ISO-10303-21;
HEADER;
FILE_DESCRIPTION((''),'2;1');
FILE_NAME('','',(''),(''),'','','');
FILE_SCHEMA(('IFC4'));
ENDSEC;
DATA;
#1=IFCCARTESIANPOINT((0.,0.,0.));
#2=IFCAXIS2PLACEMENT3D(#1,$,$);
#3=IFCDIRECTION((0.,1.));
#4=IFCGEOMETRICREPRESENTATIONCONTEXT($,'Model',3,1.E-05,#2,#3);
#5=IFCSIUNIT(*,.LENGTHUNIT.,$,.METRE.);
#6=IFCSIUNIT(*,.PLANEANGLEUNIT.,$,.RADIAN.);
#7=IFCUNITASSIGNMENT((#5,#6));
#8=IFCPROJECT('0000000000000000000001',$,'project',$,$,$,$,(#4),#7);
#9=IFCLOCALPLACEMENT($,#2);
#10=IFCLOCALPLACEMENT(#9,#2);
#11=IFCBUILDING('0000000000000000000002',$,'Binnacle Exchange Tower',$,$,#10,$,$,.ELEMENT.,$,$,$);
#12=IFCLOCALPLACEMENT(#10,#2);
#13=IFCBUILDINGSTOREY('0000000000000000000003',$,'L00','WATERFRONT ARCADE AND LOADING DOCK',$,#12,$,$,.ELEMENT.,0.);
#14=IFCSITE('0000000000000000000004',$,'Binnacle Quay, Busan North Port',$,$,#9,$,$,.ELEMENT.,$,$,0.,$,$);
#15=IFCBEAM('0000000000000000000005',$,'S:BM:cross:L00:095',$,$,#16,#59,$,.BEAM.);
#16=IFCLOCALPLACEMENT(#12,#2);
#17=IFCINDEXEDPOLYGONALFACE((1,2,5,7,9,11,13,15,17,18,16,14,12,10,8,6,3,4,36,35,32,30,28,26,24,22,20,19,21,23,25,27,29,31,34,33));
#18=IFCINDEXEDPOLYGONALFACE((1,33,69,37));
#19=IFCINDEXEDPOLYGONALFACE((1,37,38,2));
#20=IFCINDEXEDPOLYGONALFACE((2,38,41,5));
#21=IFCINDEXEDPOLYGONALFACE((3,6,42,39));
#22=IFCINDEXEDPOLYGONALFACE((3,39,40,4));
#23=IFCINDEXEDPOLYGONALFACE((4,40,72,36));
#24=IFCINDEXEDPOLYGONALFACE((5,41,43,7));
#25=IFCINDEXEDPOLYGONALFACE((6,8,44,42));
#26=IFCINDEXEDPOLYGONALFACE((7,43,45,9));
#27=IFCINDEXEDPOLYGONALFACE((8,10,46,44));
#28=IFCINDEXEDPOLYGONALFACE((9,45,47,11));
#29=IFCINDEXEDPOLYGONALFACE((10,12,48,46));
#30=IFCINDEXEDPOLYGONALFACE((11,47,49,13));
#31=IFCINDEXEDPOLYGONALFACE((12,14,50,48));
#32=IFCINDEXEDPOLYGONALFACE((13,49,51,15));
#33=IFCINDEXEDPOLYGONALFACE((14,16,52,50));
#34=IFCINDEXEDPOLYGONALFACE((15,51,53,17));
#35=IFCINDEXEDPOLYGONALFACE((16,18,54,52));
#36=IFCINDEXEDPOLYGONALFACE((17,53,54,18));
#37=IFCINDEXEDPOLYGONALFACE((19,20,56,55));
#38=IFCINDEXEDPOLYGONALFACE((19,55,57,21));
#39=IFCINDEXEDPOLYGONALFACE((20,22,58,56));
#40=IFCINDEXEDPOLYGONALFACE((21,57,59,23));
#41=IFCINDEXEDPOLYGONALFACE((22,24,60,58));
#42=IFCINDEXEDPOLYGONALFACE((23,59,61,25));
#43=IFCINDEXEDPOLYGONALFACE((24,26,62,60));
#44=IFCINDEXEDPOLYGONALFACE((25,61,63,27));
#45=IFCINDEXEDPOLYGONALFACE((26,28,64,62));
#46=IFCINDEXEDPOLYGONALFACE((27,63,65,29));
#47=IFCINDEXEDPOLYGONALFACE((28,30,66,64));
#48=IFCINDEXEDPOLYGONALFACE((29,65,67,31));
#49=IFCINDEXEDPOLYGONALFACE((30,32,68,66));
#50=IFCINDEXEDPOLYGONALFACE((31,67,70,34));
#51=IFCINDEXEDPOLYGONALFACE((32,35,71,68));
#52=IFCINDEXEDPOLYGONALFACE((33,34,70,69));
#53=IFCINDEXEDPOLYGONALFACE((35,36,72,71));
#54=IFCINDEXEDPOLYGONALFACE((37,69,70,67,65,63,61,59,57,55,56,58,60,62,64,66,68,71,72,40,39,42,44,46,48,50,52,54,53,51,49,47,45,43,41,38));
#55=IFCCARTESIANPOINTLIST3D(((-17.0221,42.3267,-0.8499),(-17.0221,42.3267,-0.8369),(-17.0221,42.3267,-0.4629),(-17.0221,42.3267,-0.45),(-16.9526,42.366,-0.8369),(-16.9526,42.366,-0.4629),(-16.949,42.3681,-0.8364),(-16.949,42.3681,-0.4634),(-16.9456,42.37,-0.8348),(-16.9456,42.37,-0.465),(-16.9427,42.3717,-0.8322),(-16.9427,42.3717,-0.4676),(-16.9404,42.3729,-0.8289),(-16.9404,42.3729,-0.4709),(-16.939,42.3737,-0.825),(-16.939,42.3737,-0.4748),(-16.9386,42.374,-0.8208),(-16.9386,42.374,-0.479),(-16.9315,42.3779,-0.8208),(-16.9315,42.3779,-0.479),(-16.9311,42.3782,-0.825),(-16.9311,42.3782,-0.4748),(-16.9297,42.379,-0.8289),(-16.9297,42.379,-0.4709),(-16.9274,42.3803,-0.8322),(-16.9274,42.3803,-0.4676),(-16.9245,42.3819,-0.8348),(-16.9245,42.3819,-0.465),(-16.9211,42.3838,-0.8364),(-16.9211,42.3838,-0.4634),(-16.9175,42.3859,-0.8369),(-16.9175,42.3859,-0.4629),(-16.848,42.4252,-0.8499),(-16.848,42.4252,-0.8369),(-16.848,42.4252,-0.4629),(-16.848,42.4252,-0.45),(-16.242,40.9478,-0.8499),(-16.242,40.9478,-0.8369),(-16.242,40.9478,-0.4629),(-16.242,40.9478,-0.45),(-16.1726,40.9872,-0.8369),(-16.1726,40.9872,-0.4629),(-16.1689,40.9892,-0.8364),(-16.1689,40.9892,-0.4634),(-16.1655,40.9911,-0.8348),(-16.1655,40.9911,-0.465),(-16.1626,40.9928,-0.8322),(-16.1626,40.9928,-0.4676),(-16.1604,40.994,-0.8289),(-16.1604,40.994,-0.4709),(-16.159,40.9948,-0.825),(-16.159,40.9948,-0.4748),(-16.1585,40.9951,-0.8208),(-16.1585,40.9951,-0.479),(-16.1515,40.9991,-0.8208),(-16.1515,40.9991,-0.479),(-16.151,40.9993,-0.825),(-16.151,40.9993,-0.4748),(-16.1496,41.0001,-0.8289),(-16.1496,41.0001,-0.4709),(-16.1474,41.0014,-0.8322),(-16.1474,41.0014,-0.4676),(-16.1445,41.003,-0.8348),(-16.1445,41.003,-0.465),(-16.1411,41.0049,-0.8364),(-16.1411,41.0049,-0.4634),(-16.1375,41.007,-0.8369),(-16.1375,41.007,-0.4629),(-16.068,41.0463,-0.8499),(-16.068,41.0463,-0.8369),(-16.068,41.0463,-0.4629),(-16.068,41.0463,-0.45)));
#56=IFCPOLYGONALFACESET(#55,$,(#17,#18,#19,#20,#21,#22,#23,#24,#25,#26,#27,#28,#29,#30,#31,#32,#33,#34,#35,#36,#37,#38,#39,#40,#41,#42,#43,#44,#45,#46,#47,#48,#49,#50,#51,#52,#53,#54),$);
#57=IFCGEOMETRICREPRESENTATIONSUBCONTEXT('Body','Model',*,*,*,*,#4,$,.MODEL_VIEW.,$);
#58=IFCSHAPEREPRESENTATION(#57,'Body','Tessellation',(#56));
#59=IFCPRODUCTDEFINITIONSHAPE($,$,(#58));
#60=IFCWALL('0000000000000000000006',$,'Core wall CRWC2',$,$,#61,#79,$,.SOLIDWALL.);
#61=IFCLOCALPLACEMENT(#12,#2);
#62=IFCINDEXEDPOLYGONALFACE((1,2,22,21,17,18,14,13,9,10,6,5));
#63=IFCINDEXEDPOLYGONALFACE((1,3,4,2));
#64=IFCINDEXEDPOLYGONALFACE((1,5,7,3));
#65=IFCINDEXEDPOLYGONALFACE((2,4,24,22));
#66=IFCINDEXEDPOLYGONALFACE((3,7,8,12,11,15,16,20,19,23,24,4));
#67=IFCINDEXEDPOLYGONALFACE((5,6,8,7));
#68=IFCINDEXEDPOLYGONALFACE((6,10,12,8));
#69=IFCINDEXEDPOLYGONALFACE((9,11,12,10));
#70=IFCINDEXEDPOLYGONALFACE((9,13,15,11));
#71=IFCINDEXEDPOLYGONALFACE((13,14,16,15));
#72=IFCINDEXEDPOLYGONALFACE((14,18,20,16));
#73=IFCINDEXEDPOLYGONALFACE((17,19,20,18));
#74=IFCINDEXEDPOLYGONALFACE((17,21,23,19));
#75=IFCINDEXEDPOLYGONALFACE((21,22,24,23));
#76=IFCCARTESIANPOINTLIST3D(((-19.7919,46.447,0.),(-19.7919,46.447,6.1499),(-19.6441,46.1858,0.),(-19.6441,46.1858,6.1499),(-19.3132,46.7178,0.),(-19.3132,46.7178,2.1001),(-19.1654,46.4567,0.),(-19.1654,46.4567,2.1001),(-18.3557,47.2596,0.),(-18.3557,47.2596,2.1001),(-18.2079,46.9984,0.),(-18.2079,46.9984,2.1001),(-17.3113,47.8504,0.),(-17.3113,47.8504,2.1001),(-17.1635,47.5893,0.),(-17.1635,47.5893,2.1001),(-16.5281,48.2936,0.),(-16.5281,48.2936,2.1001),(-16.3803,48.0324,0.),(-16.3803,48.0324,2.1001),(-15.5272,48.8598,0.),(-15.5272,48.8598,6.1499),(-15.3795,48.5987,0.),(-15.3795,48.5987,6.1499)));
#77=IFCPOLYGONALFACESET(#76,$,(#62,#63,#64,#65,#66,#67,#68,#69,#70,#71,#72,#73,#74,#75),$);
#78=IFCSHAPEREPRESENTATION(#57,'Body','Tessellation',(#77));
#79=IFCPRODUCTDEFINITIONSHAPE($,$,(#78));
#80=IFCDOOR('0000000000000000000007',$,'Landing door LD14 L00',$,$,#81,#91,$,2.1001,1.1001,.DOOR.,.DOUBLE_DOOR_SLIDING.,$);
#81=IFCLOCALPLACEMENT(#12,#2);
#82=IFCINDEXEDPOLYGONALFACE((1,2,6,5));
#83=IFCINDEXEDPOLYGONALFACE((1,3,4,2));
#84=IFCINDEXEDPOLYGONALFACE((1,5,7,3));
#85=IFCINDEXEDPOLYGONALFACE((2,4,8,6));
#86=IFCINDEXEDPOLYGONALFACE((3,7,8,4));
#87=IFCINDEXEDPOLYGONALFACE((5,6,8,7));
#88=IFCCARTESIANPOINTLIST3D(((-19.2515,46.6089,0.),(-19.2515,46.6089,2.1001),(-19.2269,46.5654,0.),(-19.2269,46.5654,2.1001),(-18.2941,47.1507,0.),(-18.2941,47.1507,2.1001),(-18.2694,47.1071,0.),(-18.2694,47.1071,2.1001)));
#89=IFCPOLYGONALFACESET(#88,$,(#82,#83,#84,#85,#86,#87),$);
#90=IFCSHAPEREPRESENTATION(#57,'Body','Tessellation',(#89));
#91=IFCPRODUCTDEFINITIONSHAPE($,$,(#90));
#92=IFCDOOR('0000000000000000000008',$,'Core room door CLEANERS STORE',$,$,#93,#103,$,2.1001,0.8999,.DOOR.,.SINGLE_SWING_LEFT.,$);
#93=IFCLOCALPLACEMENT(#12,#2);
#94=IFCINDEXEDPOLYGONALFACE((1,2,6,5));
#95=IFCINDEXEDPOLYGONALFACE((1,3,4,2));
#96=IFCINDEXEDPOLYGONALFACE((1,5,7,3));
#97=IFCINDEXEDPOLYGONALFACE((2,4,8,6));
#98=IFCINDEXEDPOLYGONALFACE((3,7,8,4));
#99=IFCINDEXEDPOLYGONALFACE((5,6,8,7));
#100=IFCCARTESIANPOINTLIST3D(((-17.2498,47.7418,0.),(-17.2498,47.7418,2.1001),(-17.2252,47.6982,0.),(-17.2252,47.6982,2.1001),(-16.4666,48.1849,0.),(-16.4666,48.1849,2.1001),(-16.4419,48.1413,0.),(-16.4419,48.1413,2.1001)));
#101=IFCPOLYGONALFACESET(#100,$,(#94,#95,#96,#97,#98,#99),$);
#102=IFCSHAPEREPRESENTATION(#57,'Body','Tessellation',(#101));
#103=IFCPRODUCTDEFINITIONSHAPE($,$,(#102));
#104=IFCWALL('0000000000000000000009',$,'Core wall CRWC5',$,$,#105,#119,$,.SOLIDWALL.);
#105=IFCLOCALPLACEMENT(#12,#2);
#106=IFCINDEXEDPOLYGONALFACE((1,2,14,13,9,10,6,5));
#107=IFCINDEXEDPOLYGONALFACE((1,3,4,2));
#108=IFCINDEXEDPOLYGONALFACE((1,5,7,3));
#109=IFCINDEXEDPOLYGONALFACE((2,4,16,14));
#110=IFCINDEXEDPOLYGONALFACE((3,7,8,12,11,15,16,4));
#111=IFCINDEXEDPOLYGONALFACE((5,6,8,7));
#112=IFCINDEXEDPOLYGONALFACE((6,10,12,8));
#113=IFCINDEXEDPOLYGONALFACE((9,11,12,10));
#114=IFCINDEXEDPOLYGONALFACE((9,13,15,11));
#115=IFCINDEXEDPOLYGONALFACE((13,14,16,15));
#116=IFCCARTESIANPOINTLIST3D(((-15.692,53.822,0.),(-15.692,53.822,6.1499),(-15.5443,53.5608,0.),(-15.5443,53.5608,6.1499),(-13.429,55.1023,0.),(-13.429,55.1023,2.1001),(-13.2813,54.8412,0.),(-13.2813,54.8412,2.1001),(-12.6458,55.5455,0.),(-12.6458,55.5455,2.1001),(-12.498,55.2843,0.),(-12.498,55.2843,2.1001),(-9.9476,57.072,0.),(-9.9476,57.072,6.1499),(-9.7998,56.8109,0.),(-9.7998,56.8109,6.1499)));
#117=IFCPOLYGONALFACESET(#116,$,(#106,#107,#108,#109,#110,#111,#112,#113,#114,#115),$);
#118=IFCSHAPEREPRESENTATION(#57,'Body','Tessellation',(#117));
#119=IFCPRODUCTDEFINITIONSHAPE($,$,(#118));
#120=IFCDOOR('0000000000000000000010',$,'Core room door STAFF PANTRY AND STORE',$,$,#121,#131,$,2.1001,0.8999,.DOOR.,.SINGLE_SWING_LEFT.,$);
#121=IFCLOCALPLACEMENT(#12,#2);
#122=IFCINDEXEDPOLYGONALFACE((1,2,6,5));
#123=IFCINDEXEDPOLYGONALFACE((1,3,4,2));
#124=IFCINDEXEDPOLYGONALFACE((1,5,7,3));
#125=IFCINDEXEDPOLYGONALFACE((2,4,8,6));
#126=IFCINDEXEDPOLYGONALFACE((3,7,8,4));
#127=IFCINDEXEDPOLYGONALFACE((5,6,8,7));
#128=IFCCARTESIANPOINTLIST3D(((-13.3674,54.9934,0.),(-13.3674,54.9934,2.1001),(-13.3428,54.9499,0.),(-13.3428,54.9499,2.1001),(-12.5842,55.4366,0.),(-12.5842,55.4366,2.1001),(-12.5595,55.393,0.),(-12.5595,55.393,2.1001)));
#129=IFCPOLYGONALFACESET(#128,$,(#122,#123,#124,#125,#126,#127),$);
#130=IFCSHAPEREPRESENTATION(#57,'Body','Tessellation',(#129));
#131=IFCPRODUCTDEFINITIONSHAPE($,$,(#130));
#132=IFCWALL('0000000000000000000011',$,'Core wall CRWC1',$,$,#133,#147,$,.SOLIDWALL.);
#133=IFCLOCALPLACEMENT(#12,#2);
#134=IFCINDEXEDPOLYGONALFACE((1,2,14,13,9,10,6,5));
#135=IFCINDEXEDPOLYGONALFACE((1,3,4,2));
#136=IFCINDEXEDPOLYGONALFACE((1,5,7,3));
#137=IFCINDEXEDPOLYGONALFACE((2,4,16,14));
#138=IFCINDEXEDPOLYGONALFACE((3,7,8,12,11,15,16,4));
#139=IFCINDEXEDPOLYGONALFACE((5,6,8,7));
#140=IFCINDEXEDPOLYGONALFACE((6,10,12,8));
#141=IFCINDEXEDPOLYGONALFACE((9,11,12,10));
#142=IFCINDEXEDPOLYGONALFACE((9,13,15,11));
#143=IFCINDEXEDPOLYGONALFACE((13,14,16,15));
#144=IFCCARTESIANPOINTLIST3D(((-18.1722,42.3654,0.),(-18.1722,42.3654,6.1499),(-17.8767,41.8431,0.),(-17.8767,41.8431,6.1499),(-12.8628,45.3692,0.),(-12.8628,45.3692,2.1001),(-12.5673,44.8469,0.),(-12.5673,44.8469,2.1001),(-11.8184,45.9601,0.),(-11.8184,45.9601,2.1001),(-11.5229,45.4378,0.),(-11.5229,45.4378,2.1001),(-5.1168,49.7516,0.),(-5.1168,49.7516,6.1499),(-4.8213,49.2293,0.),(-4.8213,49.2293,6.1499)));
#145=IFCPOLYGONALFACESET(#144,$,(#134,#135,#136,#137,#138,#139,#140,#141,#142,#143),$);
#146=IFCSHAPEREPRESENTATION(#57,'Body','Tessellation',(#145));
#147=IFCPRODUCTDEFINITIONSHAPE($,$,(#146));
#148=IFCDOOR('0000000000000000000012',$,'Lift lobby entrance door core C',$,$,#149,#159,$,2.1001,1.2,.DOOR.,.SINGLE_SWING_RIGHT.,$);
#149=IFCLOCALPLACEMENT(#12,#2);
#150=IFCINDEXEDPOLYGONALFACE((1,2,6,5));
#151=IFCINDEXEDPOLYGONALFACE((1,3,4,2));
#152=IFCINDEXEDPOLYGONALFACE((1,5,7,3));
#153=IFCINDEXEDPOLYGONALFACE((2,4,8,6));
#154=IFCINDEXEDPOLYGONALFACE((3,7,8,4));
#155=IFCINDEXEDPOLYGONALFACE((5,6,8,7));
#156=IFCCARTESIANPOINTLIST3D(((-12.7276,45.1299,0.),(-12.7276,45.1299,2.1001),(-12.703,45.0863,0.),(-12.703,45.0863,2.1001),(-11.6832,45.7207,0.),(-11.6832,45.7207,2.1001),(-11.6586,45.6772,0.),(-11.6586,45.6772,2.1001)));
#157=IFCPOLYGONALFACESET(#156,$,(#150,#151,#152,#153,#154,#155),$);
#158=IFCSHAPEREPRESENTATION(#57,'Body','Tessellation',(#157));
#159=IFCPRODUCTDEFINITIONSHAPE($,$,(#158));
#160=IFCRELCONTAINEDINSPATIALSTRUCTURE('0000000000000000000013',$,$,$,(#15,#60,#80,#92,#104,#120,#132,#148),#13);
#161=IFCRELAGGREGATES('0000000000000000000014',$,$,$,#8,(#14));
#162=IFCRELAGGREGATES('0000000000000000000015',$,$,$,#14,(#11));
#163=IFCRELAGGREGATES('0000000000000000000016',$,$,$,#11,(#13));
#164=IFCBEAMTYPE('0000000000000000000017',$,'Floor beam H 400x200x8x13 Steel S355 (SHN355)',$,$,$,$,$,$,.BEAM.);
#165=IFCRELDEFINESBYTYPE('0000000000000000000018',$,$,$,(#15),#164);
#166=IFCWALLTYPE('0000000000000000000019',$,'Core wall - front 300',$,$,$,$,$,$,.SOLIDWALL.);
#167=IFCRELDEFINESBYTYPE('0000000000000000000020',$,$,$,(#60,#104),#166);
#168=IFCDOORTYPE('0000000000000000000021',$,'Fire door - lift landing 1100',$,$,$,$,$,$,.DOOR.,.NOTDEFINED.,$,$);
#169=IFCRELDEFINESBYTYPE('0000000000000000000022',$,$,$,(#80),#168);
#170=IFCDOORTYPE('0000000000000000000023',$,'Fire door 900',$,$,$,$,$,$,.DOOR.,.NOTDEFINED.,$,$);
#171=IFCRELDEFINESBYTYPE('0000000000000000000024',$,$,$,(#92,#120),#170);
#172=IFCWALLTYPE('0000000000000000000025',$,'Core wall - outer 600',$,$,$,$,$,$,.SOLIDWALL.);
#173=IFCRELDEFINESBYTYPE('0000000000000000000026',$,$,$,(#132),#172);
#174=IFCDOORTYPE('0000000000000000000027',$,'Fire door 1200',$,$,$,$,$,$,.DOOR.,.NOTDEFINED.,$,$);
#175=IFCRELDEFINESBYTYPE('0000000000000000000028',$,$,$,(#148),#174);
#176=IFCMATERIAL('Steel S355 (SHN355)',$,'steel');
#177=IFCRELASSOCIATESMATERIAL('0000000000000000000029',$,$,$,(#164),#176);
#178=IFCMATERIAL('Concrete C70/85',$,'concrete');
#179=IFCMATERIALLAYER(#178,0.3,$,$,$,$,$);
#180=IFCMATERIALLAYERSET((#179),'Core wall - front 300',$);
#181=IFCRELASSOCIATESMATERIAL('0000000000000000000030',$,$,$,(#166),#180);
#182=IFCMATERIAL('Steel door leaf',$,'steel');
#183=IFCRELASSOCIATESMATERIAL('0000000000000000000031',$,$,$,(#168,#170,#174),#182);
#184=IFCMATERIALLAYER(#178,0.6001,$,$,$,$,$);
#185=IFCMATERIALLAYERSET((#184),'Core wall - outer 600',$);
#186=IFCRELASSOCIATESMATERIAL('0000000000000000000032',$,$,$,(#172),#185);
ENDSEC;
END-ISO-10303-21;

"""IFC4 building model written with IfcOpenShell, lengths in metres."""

from ifc_helpers import new_model, si_unit, direction, frame, frame_2d, origin, origin_2d, place, context, subcontext, project, spatial, rectangle, i_section, extrude, material, layer, layer_set, material_profile, profile_set, type_object, element, fill, save


model = new_model("IFC4")

# Units and contexts
model_context = context("Model", 3, precision=1e-05, world=origin(), true_north=direction((0.0, 1.0)))
body_context = subcontext(model_context, "Body", "Model", "MODEL_VIEW")
ifc_project = project(units=[si_unit("LENGTHUNIT", "METRE"), si_unit("PLANEANGLEUNIT", "RADIAN")], contexts=[model_context])

# Site, building, storey
site_placement = place(None, origin())
site = spatial("IfcSite", under=ifc_project, at=site_placement, Name="Binnacle Quay, Busan North Port", CompositionType="ELEMENT", RefElevation=0.0)
building_placement = place(site_placement, origin())
building = spatial("IfcBuilding", under=site, at=building_placement, Name="Binnacle Exchange Tower", CompositionType="ELEMENT")
storey_placement = place(building_placement, origin())
storey = spatial("IfcBuildingStorey", under=building, at=storey_placement, Name="L00", Description="WATERFRONT ARCADE AND LOADING DOCK", CompositionType="ELEMENT", Elevation=0.0)

# Beam
ifc_material_1 = material(Name="Steel S355 (SHN355)", Category="steel")
ifc_material_profile = material_profile(ifc_material_1, i_section(OverallWidth=0.2, OverallDepth=0.3999, WebThickness=0.0081, FlangeThickness=0.0129, FilletRadius=0.0161, at=origin_2d()), Name="H 400x200x8x13")
ifc_profile_set = profile_set([ifc_material_profile], Name="Steel S355 (SHN355)")
beam_type = type_object("IfcBeamType", Name="Floor beam H 400x200x8x13 Steel S355 (SHN355)", PredefinedType="BEAM", material=ifc_profile_set)
beam_placement = place(storey_placement, frame((-16.155, 40.9971, -0.6499), z_axis=(-0.492367, 0.870388, 0.0), x_axis=(-0.870388, -0.492367, 0.0)))
element("IfcBeam", 1, at=beam_placement, inside=storey, type_object=beam_type, Name="S:BM:cross:L00:095", PredefinedType="BEAM", context=body_context, shape_type="SweptSolid", body=[
    extrude(i_section(OverallWidth=0.2, OverallDepth=0.3999, WebThickness=0.0081, FlangeThickness=0.0129, FilletRadius=0.0161, at=origin_2d()), origin(), (0.0, 0.0, 1.0), 1.5842),
])

# Wall, openings, doors
ifc_material_2 = material(Name="Concrete C70/85", Category="concrete")
ifc_layer_1 = layer(ifc_material_2, 0.3)
ifc_layer_set_1 = layer_set([ifc_layer_1], Name="Core wall - front 300")
wall_type_1 = type_object("IfcWallType", Name="Core wall - front 300", PredefinedType="SOLIDWALL", material=ifc_layer_set_1)
wall_1_placement = place(storey_placement, frame((-19.718, 46.3164, 0.0), z_axis=(0.0, 0.0, 1.0), x_axis=(0.870354, 0.492427, 0.0)))
wall_1 = element("IfcWall", 2, at=wall_1_placement, inside=storey, type_object=wall_type_1, Name="Core wall CRWC2", PredefinedType="SOLIDWALL", context=body_context, shape_type="SweptSolid", body=[
    extrude(rectangle(XDim=4.8999, YDim=0.3, at=frame_2d((2.45, 0.0))), origin(), (0.0, 0.0, 1.0), 6.1499),
])
opening_1_placement = place(wall_1_placement, frame((0.55, 0.0, 0.0)))
opening_1 = element("IfcOpeningElement", 3, at=opening_1_placement, cuts=wall_1, PredefinedType="OPENING", context=body_context, shape_type="SweptSolid", body=[
    extrude(rectangle(XDim=1.1001, YDim=2.1001, at=frame_2d((0.55, 1.05))), frame((0.0, 0.1599, 0.0), z_axis=(0.0, -1.0, 0.0), x_axis=(1.0, 0.0, 0.0)), (0.0, 0.0, 1.0), 0.3201),
])
opening_2_placement = place(wall_1_placement, frame((2.8501, 0.0, 0.0)))
opening_2 = element("IfcOpeningElement", 4, at=opening_2_placement, cuts=wall_1, PredefinedType="OPENING", context=body_context, shape_type="SweptSolid", body=[
    extrude(rectangle(XDim=0.8999, YDim=2.1001, at=frame_2d((0.45, 1.05))), frame((0.0, 0.1599, 0.0), z_axis=(0.0, -1.0, 0.0), x_axis=(1.0, 0.0, 0.0)), (0.0, 0.0, 1.0), 0.3201),
])
ifc_material_3 = material(Name="Steel door leaf", Category="steel")
door_type_1 = type_object("IfcDoorType", Name="Fire door - lift landing 1100", OperationType="NOTDEFINED", PredefinedType="DOOR", material=ifc_material_3)
door_1_placement = place(opening_1_placement, origin())
door_1 = element("IfcDoor", 5, at=door_1_placement, inside=storey, type_object=door_type_1, Name="Landing door LD14 L00", OperationType="DOUBLE_DOOR_SLIDING", OverallHeight=2.1001, OverallWidth=1.1001, PredefinedType="DOOR", context=body_context, shape_type="SweptSolid", body=[
    extrude(rectangle(XDim=1.1001, YDim=2.1001, at=frame_2d((0.55, 1.05))), frame((0.0, 0.0249, 0.0), z_axis=(0.0, -1.0, 0.0), x_axis=(1.0, 0.0, 0.0)), (0.0, 0.0, 1.0), 0.05),
])
fill(opening_1, door_1)
door_type_2 = type_object("IfcDoorType", Name="Fire door 900", OperationType="NOTDEFINED", PredefinedType="DOOR", material=ifc_material_3)
door_2_placement = place(opening_2_placement, frame((0.8999, 0.0, 0.0), z_axis=(0.0, 0.0, 1.0), x_axis=(-1.0, 0.0, 0.0)))
door_2 = element("IfcDoor", 6, at=door_2_placement, inside=storey, type_object=door_type_2, Name="Core room door CLEANERS STORE", OperationType="SINGLE_SWING_LEFT", OverallHeight=2.1001, OverallWidth=0.8999, PredefinedType="DOOR", context=body_context, shape_type="SweptSolid", body=[
    extrude(rectangle(XDim=0.8999, YDim=2.1001, at=frame_2d((0.45, 1.05))), frame((0.0, 0.0249, 0.0), z_axis=(0.0, -1.0, 0.0), x_axis=(1.0, 0.0, 0.0)), (0.0, 0.0, 1.0), 0.05),
])
fill(opening_2, door_2)

# Walls, openings, doors
wall_2_placement = place(storey_placement, frame((-15.6182, 53.6914, 0.0), z_axis=(0.0, 0.0, 1.0), x_axis=(0.870357, 0.492422, 0.0)))
wall_2 = element("IfcWall", 7, at=wall_2_placement, inside=storey, type_object=wall_type_1, Name="Core wall CRWC5", PredefinedType="SOLIDWALL", context=body_context, shape_type="SweptSolid", body=[
    extrude(rectangle(XDim=6.6001, YDim=0.3, at=frame_2d((3.3, 0.0))), origin(), (0.0, 0.0, 1.0), 6.1499),
])
opening_3_placement = place(wall_2_placement, frame((2.6001, 0.0, 0.0)))
opening_3 = element("IfcOpeningElement", 8, at=opening_3_placement, cuts=wall_2, PredefinedType="OPENING", context=body_context, shape_type="SweptSolid", body=[
    extrude(rectangle(XDim=0.8999, YDim=2.1001, at=frame_2d((0.45, 1.05))), frame((0.0, 0.1599, 0.0), z_axis=(0.0, -1.0, 0.0), x_axis=(1.0, 0.0, 0.0)), (0.0, 0.0, 1.0), 0.3201),
])
door_3_placement = place(opening_3_placement, origin())
door_3 = element("IfcDoor", 9, at=door_3_placement, inside=storey, type_object=door_type_2, Name="Core room door STAFF PANTRY AND STORE", OperationType="SINGLE_SWING_LEFT", OverallHeight=2.1001, OverallWidth=0.8999, PredefinedType="DOOR", context=body_context, shape_type="SweptSolid", body=[
    extrude(rectangle(XDim=0.8999, YDim=2.1001, at=frame_2d((0.45, 1.05))), frame((0.0, 0.0249, 0.0), z_axis=(0.0, -1.0, 0.0), x_axis=(1.0, 0.0, 0.0)), (0.0, 0.0, 1.0), 0.05),
])
fill(opening_3, door_3)
ifc_layer_2 = layer(ifc_material_2, 0.6001)
ifc_layer_set_2 = layer_set([ifc_layer_2], Name="Core wall - outer 600")
wall_type_2 = type_object("IfcWallType", Name="Core wall - outer 600", PredefinedType="SOLIDWALL", material=ifc_layer_set_2)
wall_3_placement = place(storey_placement, frame((-18.0244, 42.1042, 0.0), z_axis=(0.0, 0.0, 1.0), x_axis=(0.870361, 0.492415, 0.0)))
wall_3 = element("IfcWall", 10, at=wall_3_placement, inside=storey, type_object=wall_type_2, Name="Core wall CRWC1", PredefinedType="SOLIDWALL", context=body_context, shape_type="SweptSolid", body=[
    extrude(rectangle(XDim=15.0, YDim=0.6001, at=frame_2d((7.5, 0.0))), origin(), (0.0, 0.0, 1.0), 6.1499),
])
opening_4_placement = place(wall_3_placement, frame((6.1001, 0.0, 0.0)))
opening_4 = element("IfcOpeningElement", 11, at=opening_4_placement, cuts=wall_3, PredefinedType="OPENING", context=body_context, shape_type="SweptSolid", body=[
    extrude(rectangle(XDim=1.2, YDim=2.1001, at=frame_2d((0.6001, 1.05))), frame((0.0, 0.3101, 0.0), z_axis=(0.0, -1.0, 0.0), x_axis=(1.0, 0.0, 0.0)), (0.0, 0.0, 1.0), 0.6201),
])
door_type_3 = type_object("IfcDoorType", Name="Fire door 1200", OperationType="NOTDEFINED", PredefinedType="DOOR", material=ifc_material_3)
door_4_placement = place(opening_4_placement, frame((1.2, 0.0, 0.0), z_axis=(0.0, 0.0, 1.0), x_axis=(-1.0, 0.0, 0.0)))
door_4 = element("IfcDoor", 12, at=door_4_placement, inside=storey, type_object=door_type_3, Name="Lift lobby entrance door core C", OperationType="SINGLE_SWING_RIGHT", OverallHeight=2.1001, OverallWidth=1.2, PredefinedType="DOOR", context=body_context, shape_type="SweptSolid", body=[
    extrude(rectangle(XDim=1.2, YDim=2.1001, at=frame_2d((0.6001, 1.05))), frame((0.0, 0.0249, 0.0), z_axis=(0.0, -1.0, 0.0), x_axis=(1.0, 0.0, 0.0)), (0.0, 0.0, 1.0), 0.05),
])
fill(opening_4, door_4)

save(model, "model.ifc")
